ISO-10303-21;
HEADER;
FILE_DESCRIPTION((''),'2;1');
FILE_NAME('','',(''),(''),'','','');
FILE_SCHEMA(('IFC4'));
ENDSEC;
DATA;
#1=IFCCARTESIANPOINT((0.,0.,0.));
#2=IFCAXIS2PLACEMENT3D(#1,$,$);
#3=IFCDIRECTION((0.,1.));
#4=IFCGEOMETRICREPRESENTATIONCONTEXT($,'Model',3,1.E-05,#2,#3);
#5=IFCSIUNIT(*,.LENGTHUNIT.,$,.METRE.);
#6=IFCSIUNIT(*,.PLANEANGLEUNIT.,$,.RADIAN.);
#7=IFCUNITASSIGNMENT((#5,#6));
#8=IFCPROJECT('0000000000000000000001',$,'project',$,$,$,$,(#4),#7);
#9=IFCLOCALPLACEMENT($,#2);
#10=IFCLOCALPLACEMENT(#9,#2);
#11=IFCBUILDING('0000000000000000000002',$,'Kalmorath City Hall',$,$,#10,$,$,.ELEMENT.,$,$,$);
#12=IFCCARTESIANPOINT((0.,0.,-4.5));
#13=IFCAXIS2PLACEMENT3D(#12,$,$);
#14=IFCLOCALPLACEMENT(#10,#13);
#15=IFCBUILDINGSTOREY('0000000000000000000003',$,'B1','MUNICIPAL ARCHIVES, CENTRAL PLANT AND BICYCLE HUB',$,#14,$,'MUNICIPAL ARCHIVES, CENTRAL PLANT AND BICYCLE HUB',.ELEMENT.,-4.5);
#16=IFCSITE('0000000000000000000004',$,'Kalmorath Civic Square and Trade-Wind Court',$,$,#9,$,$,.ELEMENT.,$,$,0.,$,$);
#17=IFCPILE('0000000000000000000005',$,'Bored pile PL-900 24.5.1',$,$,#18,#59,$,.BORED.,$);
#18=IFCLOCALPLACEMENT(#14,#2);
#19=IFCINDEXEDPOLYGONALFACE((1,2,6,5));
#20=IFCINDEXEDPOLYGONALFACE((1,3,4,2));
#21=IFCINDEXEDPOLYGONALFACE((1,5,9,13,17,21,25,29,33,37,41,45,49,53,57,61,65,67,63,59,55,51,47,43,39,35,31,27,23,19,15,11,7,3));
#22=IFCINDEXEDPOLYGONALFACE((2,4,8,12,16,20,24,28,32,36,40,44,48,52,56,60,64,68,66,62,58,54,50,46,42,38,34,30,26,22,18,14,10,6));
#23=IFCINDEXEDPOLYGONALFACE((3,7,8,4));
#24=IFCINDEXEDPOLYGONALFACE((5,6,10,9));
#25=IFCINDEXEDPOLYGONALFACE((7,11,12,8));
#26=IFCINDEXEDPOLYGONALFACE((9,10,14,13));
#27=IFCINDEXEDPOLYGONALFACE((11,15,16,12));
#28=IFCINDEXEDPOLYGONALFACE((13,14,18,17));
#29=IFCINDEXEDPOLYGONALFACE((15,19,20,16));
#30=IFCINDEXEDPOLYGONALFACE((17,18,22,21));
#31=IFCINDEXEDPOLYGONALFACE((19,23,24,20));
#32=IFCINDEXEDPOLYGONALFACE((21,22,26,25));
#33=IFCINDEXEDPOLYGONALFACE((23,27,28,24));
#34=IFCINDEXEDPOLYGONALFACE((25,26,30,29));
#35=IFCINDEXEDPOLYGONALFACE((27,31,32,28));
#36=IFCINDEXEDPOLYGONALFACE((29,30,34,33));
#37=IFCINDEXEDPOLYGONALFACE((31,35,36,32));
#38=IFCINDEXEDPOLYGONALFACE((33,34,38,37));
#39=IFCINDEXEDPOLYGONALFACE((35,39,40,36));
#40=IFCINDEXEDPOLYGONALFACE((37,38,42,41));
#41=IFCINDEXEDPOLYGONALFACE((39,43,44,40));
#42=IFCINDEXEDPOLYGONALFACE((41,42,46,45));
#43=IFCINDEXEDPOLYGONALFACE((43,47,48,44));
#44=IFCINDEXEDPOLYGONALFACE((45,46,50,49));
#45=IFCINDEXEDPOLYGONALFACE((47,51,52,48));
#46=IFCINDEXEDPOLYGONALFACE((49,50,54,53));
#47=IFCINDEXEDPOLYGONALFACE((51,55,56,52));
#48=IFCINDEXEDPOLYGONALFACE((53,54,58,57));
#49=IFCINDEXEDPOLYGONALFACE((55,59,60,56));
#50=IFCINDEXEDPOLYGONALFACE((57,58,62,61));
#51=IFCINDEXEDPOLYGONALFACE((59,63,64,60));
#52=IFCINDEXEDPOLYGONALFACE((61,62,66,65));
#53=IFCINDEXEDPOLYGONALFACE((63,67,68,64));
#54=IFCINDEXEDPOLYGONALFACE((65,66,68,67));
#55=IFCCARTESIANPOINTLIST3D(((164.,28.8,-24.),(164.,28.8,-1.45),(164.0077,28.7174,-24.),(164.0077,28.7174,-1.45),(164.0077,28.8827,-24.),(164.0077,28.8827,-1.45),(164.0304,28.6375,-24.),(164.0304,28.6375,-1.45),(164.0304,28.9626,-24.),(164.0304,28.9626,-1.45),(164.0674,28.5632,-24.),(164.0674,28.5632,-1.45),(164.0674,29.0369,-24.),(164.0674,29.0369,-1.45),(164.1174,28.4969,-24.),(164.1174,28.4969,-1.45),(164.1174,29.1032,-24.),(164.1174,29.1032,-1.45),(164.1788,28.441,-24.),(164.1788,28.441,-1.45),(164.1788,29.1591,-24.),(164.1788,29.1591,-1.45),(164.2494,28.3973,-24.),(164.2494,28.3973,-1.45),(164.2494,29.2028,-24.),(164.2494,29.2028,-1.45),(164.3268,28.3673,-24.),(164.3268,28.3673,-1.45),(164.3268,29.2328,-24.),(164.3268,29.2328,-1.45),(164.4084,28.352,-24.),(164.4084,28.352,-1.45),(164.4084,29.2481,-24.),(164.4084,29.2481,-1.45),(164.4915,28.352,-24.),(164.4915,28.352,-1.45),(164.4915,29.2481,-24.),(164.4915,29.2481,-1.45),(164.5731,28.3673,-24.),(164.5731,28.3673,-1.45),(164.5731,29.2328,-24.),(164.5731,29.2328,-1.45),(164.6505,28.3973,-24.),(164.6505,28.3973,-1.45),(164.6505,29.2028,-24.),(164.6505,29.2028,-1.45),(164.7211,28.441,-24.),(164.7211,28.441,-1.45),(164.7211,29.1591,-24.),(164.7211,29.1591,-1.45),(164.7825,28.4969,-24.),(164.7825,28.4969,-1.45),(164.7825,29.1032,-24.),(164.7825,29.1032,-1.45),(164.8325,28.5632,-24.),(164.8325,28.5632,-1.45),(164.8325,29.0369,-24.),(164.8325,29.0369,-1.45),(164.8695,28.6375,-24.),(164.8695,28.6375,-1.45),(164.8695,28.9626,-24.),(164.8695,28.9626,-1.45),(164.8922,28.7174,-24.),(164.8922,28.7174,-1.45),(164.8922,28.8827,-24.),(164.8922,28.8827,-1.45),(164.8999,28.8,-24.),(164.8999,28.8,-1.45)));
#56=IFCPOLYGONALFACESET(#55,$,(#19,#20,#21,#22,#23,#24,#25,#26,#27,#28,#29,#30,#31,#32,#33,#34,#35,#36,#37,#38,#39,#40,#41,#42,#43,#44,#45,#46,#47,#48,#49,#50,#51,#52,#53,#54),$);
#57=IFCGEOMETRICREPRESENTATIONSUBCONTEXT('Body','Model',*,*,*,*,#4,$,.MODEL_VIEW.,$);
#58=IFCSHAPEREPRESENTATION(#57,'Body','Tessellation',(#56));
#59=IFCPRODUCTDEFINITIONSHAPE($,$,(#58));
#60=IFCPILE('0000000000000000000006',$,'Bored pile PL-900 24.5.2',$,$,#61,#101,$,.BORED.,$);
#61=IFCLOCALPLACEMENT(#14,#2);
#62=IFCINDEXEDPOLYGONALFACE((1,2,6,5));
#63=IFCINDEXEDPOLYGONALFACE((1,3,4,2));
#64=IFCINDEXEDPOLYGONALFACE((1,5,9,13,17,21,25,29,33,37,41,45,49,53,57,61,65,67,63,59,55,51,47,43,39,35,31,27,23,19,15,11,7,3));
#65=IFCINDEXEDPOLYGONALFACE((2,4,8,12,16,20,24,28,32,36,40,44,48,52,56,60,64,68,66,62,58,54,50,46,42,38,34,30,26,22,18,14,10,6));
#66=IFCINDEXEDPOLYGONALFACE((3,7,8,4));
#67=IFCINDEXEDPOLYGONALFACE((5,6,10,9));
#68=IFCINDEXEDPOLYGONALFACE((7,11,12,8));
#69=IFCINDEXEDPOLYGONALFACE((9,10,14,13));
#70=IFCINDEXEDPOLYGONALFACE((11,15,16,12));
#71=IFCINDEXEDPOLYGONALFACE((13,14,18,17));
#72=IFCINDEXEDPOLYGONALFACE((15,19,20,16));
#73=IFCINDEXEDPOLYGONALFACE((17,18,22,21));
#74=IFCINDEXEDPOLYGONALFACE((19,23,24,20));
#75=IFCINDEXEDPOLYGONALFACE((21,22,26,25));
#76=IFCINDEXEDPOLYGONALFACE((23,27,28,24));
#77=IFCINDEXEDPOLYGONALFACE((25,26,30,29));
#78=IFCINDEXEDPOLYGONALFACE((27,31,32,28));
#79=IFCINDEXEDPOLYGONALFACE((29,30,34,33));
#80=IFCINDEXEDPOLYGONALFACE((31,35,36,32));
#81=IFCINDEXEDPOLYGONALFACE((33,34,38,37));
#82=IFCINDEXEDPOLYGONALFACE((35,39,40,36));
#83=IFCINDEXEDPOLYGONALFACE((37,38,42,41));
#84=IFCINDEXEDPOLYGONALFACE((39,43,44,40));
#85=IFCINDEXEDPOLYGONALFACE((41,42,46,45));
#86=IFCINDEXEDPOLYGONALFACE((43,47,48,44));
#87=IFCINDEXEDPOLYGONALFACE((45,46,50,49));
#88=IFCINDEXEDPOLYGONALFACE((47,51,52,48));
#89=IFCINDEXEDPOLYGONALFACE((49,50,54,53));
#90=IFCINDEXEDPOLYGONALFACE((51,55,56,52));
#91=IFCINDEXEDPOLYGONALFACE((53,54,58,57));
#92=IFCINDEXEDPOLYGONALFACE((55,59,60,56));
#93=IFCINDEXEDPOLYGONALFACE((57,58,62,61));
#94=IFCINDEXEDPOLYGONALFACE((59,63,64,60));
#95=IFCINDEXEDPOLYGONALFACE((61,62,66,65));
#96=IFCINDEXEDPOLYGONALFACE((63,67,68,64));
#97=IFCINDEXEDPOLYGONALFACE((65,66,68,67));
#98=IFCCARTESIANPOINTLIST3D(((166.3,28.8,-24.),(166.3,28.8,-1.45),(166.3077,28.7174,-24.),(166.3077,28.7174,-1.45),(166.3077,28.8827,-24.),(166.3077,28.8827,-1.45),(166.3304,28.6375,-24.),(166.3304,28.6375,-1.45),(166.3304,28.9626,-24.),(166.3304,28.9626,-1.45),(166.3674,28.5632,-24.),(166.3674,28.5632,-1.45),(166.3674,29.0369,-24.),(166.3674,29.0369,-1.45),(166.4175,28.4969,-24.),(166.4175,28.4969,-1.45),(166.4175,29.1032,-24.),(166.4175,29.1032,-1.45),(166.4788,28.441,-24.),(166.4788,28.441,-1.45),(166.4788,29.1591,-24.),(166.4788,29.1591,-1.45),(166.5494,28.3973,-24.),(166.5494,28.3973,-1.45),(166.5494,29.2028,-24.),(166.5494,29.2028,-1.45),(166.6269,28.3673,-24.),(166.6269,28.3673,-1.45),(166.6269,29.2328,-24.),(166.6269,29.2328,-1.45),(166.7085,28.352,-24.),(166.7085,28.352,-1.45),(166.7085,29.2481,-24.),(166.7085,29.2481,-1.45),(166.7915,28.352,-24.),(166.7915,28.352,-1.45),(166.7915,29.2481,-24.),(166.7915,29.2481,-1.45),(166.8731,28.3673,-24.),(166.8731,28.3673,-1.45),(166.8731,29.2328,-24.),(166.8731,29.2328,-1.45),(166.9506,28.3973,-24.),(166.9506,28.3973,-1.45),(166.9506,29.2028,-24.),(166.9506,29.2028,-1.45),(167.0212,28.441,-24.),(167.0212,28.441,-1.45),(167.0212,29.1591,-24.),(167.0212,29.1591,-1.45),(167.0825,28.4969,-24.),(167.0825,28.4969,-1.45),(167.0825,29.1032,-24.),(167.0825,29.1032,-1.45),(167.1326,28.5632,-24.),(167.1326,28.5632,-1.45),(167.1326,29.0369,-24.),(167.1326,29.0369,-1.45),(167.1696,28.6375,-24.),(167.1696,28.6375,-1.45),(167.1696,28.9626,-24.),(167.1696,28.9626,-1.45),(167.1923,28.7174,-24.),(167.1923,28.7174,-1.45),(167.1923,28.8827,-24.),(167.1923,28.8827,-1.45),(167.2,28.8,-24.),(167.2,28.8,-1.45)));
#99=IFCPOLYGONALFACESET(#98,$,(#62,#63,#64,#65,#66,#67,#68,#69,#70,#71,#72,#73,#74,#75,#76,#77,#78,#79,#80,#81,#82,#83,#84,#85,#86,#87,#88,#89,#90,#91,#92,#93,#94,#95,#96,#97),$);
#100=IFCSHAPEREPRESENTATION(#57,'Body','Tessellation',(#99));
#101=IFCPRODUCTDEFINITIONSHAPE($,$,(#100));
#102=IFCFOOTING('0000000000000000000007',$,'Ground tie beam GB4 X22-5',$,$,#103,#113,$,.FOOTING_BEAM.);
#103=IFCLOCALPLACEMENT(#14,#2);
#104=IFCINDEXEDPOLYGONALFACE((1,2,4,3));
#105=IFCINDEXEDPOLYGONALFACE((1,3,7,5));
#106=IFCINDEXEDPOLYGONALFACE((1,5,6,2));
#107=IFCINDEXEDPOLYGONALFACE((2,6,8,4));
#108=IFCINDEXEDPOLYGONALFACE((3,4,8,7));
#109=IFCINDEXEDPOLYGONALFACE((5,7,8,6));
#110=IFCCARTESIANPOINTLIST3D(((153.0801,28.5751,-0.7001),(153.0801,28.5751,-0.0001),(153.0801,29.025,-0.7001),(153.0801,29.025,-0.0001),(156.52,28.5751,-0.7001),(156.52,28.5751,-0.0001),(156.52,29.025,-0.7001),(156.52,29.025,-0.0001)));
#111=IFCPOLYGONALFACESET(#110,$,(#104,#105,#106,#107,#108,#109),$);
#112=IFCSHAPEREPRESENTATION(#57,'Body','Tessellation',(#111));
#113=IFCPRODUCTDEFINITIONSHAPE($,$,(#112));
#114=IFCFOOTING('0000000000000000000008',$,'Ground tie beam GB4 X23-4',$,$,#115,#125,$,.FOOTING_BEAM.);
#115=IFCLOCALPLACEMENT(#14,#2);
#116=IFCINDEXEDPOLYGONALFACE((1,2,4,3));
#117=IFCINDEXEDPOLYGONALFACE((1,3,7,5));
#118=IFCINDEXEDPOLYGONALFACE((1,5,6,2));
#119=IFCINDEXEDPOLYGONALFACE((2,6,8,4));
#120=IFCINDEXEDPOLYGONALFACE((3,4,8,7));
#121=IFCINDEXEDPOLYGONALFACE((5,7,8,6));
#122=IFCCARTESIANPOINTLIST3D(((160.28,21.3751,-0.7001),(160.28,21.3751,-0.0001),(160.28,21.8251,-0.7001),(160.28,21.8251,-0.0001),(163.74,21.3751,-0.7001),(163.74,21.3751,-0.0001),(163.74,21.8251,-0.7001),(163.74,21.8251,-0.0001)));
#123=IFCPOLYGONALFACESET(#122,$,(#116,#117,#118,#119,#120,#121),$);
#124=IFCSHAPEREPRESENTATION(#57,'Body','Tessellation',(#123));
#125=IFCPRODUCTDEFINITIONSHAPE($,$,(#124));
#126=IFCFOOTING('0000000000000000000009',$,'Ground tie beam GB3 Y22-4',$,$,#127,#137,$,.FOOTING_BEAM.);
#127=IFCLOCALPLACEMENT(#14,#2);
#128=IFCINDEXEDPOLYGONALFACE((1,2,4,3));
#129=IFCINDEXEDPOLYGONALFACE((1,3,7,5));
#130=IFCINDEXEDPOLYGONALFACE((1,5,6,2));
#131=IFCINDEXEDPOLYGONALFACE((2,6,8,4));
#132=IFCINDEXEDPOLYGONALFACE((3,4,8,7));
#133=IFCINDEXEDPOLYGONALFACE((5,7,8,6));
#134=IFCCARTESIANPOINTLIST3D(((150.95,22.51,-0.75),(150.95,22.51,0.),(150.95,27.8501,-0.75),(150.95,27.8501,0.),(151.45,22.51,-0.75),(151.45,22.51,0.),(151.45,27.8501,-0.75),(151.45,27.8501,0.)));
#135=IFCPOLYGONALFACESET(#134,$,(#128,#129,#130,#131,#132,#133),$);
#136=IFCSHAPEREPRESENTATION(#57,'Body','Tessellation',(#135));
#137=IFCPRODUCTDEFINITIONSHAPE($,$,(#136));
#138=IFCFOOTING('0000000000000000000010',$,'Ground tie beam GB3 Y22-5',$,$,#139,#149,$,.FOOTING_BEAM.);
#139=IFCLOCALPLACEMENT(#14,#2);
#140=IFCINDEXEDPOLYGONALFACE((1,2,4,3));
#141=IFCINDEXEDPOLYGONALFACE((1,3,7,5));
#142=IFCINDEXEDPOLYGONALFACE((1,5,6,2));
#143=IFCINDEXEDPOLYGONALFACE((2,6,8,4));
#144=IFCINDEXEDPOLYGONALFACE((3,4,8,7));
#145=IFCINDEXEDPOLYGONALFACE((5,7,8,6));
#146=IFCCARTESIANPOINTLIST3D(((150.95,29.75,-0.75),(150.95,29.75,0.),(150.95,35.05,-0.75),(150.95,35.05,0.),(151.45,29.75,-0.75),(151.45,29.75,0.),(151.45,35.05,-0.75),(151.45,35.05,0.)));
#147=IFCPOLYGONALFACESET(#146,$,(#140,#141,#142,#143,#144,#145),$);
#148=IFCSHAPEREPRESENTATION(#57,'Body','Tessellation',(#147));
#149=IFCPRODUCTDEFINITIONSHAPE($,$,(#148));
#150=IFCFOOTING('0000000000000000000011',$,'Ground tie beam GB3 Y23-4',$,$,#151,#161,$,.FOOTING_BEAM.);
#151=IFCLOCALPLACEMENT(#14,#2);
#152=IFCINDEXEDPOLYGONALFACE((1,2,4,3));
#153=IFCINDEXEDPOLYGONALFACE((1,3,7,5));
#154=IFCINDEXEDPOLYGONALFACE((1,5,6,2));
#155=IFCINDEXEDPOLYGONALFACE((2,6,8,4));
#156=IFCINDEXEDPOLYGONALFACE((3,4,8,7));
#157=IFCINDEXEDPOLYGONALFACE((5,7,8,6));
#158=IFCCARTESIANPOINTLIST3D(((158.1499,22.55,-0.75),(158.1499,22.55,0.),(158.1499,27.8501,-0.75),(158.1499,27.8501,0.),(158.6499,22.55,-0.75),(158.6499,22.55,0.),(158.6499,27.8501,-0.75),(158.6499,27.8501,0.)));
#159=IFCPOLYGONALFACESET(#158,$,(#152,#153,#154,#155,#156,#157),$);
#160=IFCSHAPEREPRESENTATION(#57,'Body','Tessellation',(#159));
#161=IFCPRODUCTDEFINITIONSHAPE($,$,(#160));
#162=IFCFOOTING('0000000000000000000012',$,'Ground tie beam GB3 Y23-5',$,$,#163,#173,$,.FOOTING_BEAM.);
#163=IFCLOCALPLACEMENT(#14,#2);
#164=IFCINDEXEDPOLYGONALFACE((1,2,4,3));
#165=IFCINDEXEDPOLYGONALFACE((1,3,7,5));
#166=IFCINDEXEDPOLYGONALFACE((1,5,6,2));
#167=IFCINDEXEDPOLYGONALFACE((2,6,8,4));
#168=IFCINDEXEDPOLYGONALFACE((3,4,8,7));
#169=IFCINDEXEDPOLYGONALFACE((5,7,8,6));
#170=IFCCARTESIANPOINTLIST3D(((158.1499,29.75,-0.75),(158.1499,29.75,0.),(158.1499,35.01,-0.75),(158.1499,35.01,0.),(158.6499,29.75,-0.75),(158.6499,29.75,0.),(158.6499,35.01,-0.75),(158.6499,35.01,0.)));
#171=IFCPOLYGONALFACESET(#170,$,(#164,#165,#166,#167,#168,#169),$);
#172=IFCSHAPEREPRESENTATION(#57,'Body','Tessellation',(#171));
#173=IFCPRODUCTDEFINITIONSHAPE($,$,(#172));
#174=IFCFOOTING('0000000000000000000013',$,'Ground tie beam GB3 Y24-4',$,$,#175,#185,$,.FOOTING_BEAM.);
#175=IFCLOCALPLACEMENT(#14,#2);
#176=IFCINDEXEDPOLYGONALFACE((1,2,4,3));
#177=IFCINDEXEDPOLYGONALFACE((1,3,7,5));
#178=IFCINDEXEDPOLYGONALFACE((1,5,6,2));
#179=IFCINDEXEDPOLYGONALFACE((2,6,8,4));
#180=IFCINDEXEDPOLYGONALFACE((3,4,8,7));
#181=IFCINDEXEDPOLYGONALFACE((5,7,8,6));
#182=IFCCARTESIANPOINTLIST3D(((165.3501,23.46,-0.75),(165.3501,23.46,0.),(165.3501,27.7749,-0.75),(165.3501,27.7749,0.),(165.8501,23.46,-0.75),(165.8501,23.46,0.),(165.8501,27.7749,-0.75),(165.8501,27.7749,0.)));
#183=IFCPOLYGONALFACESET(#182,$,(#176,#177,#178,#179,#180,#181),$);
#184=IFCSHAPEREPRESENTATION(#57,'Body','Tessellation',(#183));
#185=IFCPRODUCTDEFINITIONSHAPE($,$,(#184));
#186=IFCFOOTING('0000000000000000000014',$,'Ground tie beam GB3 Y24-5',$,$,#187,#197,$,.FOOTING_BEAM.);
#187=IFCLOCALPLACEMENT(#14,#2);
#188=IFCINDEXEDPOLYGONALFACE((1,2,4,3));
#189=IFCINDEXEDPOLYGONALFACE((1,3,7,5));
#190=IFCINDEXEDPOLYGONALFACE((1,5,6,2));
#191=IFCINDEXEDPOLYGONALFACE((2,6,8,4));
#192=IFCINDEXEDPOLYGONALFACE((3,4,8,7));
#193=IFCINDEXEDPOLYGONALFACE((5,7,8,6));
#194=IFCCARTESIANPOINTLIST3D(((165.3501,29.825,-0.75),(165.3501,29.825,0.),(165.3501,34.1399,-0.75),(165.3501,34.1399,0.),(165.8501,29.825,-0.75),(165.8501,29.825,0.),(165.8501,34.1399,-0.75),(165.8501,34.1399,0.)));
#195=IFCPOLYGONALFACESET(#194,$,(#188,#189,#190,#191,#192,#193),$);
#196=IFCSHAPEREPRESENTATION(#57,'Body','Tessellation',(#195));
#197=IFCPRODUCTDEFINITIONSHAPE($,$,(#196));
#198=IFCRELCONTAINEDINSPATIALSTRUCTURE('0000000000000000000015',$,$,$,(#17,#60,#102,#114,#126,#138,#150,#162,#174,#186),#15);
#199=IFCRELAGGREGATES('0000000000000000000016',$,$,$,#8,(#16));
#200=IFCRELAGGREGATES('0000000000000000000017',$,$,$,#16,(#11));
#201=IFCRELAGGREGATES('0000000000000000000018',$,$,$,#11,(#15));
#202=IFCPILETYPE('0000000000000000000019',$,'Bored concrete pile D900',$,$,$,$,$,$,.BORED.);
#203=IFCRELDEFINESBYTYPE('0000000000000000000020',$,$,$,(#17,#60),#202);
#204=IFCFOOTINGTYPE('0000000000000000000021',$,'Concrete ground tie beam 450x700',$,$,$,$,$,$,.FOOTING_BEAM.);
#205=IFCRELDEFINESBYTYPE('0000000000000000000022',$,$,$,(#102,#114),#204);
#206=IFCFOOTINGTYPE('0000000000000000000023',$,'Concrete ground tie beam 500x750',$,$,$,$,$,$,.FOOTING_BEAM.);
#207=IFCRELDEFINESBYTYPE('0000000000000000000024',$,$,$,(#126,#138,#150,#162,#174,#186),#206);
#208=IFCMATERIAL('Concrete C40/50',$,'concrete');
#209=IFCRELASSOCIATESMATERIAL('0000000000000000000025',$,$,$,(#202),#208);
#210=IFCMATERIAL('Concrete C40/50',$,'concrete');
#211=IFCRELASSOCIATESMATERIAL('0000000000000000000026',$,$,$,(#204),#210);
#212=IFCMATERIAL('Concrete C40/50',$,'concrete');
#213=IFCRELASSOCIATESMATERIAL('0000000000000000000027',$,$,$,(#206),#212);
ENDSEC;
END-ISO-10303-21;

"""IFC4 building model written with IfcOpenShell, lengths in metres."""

from ifc_helpers import new_model, si_unit, direction, frame, origin, origin_2d, place, context, subcontext, project, spatial, rectangle, circle, extrude, material, material_profile, profile_set, type_object, element, save


model = new_model("IFC4")

# Units and contexts
model_context = context("Model", 3, precision=1e-05, world=origin(), true_north=direction((0.0, 1.0)))
body_context = subcontext(model_context, "Body", "Model", "MODEL_VIEW")
ifc_project = project(units=[si_unit("LENGTHUNIT", "METRE"), si_unit("PLANEANGLEUNIT", "RADIAN")], contexts=[model_context])

# Site, building, storey
site_placement = place(None, origin())
site = spatial("IfcSite", under=ifc_project, at=site_placement, Name="Kalmorath Civic Square and Trade-Wind Court", CompositionType="ELEMENT", RefElevation=0.0)
building_placement = place(site_placement, origin())
building = spatial("IfcBuilding", under=site, at=building_placement, Name="Kalmorath City Hall", CompositionType="ELEMENT")
storey_placement = place(building_placement, frame((0.0, 0.0, -4.5)))
storey = spatial("IfcBuildingStorey", under=building, at=storey_placement, Name="B1", Description="MUNICIPAL ARCHIVES, CENTRAL PLANT AND BICYCLE HUB", LongName="MUNICIPAL ARCHIVES, CENTRAL PLANT AND BICYCLE HUB", CompositionType="ELEMENT", Elevation=-4.5)

# Piles
ifc_material_1 = material(Name="Concrete C40/50", Category="concrete")
ifc_material_profile_1 = material_profile(ifc_material_1, circle(Radius=0.45, at=origin_2d()), Name="PILE-D900")
ifc_profile_set_1 = profile_set([ifc_material_profile_1], Name="Concrete C40/50")
pile_type = type_object("IfcPileType", Name="Bored concrete pile D900", PredefinedType="BORED", material=ifc_profile_set_1)
for number, where, z_axis, x_axis, name in (
    (1, (164.45, 28.8, -1.45), (0.0, 0.0, -1.0), (1.0, 0.0, 0.0), "Bored pile PL-900 24.5.1"),
    (2, (166.75, 28.8, -1.45), (0.0, 0.0, -1.0), (1.0, 0.0, 0.0), "Bored pile PL-900 24.5.2"),
):
    element("IfcPile", number, at=place(storey_placement, frame(where, z_axis=z_axis, x_axis=x_axis)), inside=storey, type_object=pile_type, Name=name, PredefinedType="BORED", context=body_context, shape_type="SweptSolid", body=[
        extrude(circle(Radius=0.45, at=origin_2d()), origin(), (0.0, 0.0, 1.0), 22.55),
    ])

# Footings
ifc_material_2 = material(Name="Concrete C40/50", Category="concrete")
ifc_material_profile_2 = material_profile(ifc_material_2, rectangle(XDim=0.45, YDim=0.7, at=origin_2d()), Name="RC-BM-450X700")
ifc_profile_set_2 = profile_set([ifc_material_profile_2], Name="Concrete C40/50")
footing_type_1 = type_object("IfcFootingType", Name="Concrete ground tie beam 450x700", PredefinedType="FOOTING_BEAM", material=ifc_profile_set_2)
footing_1_placement = place(storey_placement, frame((153.0801, 28.8, -0.3501), z_axis=(1.0, 0.0, 0.0), x_axis=(0.0, 1.0, 0.0)))
element("IfcFooting", 3, at=footing_1_placement, inside=storey, type_object=footing_type_1, Name="Ground tie beam GB4 X22-5", PredefinedType="FOOTING_BEAM", context=body_context, shape_type="SweptSolid", body=[
    extrude(rectangle(XDim=0.45, YDim=0.7, at=origin_2d()), origin(), (0.0, 0.0, 1.0), 3.4399),
])
footing_2_placement = place(storey_placement, frame((160.28, 21.6001, -0.3501), z_axis=(1.0, 0.0, 0.0), x_axis=(0.0, 1.0, 0.0)))
element("IfcFooting", 4, at=footing_2_placement, inside=storey, type_object=footing_type_1, Name="Ground tie beam GB4 X23-4", PredefinedType="FOOTING_BEAM", context=body_context, shape_type="SweptSolid", body=[
    extrude(rectangle(XDim=0.45, YDim=0.7, at=origin_2d()), origin(), (0.0, 0.0, 1.0), 3.46),
])
ifc_material_3 = material(Name="Concrete C40/50", Category="concrete")
ifc_material_profile_3 = material_profile(ifc_material_3, rectangle(XDim=0.5, YDim=0.75, at=origin_2d()), Name="RC-BM-500X750")
ifc_profile_set_3 = profile_set([ifc_material_profile_3], Name="Concrete C40/50")
footing_type_2 = type_object("IfcFootingType", Name="Concrete ground tie beam 500x750", PredefinedType="FOOTING_BEAM", material=ifc_profile_set_3)
footing_3_placement = place(storey_placement, frame((151.2, 22.51, -0.375), z_axis=(0.0, 1.0, 0.0), x_axis=(-1.0, 0.0, 0.0)))
element("IfcFooting", 5, at=footing_3_placement, inside=storey, type_object=footing_type_2, Name="Ground tie beam GB3 Y22-4", PredefinedType="FOOTING_BEAM", context=body_context, shape_type="SweptSolid", body=[
    extrude(rectangle(XDim=0.5, YDim=0.75, at=origin_2d()), origin(), (0.0, 0.0, 1.0), 5.3401),
])
for number, where, z_axis, x_axis, name in (
    (6, (151.2, 29.75, -0.375), (0.0, 1.0, 0.0), (-1.0, 0.0, 0.0), "Ground tie beam GB3 Y22-5"),
    (7, (158.3999, 22.55, -0.375), (0.0, 1.0, 0.0), (-1.0, 0.0, 0.0), "Ground tie beam GB3 Y23-4"),
):
    element("IfcFooting", number, at=place(storey_placement, frame(where, z_axis=z_axis, x_axis=x_axis)), inside=storey, type_object=footing_type_2, Name=name, PredefinedType="FOOTING_BEAM", context=body_context, shape_type="SweptSolid", body=[
        extrude(rectangle(XDim=0.5, YDim=0.75, at=origin_2d()), origin(), (0.0, 0.0, 1.0), 5.3),
    ])
footing_4_placement = place(storey_placement, frame((158.3999, 29.75, -0.375), z_axis=(0.0, 1.0, 0.0), x_axis=(-1.0, 0.0, 0.0)))
element("IfcFooting", 8, at=footing_4_placement, inside=storey, type_object=footing_type_2, Name="Ground tie beam GB3 Y23-5", PredefinedType="FOOTING_BEAM", context=body_context, shape_type="SweptSolid", body=[
    extrude(rectangle(XDim=0.5, YDim=0.75, at=origin_2d()), origin(), (0.0, 0.0, 1.0), 5.26),
])
for number, where, z_axis, x_axis, name in (
    (9, (165.6001, 23.46, -0.375), (0.0, 1.0, 0.0), (-1.0, 0.0, 0.0), "Ground tie beam GB3 Y24-4"),
    (10, (165.6001, 29.825, -0.375), (0.0, 1.0, 0.0), (-1.0, 0.0, 0.0), "Ground tie beam GB3 Y24-5"),
):
    element("IfcFooting", number, at=place(storey_placement, frame(where, z_axis=z_axis, x_axis=x_axis)), inside=storey, type_object=footing_type_2, Name=name, PredefinedType="FOOTING_BEAM", context=body_context, shape_type="SweptSolid", body=[
        extrude(rectangle(XDim=0.5, YDim=0.75, at=origin_2d()), origin(), (0.0, 0.0, 1.0), 4.3149),
    ])

save(model, "model.ifc")
